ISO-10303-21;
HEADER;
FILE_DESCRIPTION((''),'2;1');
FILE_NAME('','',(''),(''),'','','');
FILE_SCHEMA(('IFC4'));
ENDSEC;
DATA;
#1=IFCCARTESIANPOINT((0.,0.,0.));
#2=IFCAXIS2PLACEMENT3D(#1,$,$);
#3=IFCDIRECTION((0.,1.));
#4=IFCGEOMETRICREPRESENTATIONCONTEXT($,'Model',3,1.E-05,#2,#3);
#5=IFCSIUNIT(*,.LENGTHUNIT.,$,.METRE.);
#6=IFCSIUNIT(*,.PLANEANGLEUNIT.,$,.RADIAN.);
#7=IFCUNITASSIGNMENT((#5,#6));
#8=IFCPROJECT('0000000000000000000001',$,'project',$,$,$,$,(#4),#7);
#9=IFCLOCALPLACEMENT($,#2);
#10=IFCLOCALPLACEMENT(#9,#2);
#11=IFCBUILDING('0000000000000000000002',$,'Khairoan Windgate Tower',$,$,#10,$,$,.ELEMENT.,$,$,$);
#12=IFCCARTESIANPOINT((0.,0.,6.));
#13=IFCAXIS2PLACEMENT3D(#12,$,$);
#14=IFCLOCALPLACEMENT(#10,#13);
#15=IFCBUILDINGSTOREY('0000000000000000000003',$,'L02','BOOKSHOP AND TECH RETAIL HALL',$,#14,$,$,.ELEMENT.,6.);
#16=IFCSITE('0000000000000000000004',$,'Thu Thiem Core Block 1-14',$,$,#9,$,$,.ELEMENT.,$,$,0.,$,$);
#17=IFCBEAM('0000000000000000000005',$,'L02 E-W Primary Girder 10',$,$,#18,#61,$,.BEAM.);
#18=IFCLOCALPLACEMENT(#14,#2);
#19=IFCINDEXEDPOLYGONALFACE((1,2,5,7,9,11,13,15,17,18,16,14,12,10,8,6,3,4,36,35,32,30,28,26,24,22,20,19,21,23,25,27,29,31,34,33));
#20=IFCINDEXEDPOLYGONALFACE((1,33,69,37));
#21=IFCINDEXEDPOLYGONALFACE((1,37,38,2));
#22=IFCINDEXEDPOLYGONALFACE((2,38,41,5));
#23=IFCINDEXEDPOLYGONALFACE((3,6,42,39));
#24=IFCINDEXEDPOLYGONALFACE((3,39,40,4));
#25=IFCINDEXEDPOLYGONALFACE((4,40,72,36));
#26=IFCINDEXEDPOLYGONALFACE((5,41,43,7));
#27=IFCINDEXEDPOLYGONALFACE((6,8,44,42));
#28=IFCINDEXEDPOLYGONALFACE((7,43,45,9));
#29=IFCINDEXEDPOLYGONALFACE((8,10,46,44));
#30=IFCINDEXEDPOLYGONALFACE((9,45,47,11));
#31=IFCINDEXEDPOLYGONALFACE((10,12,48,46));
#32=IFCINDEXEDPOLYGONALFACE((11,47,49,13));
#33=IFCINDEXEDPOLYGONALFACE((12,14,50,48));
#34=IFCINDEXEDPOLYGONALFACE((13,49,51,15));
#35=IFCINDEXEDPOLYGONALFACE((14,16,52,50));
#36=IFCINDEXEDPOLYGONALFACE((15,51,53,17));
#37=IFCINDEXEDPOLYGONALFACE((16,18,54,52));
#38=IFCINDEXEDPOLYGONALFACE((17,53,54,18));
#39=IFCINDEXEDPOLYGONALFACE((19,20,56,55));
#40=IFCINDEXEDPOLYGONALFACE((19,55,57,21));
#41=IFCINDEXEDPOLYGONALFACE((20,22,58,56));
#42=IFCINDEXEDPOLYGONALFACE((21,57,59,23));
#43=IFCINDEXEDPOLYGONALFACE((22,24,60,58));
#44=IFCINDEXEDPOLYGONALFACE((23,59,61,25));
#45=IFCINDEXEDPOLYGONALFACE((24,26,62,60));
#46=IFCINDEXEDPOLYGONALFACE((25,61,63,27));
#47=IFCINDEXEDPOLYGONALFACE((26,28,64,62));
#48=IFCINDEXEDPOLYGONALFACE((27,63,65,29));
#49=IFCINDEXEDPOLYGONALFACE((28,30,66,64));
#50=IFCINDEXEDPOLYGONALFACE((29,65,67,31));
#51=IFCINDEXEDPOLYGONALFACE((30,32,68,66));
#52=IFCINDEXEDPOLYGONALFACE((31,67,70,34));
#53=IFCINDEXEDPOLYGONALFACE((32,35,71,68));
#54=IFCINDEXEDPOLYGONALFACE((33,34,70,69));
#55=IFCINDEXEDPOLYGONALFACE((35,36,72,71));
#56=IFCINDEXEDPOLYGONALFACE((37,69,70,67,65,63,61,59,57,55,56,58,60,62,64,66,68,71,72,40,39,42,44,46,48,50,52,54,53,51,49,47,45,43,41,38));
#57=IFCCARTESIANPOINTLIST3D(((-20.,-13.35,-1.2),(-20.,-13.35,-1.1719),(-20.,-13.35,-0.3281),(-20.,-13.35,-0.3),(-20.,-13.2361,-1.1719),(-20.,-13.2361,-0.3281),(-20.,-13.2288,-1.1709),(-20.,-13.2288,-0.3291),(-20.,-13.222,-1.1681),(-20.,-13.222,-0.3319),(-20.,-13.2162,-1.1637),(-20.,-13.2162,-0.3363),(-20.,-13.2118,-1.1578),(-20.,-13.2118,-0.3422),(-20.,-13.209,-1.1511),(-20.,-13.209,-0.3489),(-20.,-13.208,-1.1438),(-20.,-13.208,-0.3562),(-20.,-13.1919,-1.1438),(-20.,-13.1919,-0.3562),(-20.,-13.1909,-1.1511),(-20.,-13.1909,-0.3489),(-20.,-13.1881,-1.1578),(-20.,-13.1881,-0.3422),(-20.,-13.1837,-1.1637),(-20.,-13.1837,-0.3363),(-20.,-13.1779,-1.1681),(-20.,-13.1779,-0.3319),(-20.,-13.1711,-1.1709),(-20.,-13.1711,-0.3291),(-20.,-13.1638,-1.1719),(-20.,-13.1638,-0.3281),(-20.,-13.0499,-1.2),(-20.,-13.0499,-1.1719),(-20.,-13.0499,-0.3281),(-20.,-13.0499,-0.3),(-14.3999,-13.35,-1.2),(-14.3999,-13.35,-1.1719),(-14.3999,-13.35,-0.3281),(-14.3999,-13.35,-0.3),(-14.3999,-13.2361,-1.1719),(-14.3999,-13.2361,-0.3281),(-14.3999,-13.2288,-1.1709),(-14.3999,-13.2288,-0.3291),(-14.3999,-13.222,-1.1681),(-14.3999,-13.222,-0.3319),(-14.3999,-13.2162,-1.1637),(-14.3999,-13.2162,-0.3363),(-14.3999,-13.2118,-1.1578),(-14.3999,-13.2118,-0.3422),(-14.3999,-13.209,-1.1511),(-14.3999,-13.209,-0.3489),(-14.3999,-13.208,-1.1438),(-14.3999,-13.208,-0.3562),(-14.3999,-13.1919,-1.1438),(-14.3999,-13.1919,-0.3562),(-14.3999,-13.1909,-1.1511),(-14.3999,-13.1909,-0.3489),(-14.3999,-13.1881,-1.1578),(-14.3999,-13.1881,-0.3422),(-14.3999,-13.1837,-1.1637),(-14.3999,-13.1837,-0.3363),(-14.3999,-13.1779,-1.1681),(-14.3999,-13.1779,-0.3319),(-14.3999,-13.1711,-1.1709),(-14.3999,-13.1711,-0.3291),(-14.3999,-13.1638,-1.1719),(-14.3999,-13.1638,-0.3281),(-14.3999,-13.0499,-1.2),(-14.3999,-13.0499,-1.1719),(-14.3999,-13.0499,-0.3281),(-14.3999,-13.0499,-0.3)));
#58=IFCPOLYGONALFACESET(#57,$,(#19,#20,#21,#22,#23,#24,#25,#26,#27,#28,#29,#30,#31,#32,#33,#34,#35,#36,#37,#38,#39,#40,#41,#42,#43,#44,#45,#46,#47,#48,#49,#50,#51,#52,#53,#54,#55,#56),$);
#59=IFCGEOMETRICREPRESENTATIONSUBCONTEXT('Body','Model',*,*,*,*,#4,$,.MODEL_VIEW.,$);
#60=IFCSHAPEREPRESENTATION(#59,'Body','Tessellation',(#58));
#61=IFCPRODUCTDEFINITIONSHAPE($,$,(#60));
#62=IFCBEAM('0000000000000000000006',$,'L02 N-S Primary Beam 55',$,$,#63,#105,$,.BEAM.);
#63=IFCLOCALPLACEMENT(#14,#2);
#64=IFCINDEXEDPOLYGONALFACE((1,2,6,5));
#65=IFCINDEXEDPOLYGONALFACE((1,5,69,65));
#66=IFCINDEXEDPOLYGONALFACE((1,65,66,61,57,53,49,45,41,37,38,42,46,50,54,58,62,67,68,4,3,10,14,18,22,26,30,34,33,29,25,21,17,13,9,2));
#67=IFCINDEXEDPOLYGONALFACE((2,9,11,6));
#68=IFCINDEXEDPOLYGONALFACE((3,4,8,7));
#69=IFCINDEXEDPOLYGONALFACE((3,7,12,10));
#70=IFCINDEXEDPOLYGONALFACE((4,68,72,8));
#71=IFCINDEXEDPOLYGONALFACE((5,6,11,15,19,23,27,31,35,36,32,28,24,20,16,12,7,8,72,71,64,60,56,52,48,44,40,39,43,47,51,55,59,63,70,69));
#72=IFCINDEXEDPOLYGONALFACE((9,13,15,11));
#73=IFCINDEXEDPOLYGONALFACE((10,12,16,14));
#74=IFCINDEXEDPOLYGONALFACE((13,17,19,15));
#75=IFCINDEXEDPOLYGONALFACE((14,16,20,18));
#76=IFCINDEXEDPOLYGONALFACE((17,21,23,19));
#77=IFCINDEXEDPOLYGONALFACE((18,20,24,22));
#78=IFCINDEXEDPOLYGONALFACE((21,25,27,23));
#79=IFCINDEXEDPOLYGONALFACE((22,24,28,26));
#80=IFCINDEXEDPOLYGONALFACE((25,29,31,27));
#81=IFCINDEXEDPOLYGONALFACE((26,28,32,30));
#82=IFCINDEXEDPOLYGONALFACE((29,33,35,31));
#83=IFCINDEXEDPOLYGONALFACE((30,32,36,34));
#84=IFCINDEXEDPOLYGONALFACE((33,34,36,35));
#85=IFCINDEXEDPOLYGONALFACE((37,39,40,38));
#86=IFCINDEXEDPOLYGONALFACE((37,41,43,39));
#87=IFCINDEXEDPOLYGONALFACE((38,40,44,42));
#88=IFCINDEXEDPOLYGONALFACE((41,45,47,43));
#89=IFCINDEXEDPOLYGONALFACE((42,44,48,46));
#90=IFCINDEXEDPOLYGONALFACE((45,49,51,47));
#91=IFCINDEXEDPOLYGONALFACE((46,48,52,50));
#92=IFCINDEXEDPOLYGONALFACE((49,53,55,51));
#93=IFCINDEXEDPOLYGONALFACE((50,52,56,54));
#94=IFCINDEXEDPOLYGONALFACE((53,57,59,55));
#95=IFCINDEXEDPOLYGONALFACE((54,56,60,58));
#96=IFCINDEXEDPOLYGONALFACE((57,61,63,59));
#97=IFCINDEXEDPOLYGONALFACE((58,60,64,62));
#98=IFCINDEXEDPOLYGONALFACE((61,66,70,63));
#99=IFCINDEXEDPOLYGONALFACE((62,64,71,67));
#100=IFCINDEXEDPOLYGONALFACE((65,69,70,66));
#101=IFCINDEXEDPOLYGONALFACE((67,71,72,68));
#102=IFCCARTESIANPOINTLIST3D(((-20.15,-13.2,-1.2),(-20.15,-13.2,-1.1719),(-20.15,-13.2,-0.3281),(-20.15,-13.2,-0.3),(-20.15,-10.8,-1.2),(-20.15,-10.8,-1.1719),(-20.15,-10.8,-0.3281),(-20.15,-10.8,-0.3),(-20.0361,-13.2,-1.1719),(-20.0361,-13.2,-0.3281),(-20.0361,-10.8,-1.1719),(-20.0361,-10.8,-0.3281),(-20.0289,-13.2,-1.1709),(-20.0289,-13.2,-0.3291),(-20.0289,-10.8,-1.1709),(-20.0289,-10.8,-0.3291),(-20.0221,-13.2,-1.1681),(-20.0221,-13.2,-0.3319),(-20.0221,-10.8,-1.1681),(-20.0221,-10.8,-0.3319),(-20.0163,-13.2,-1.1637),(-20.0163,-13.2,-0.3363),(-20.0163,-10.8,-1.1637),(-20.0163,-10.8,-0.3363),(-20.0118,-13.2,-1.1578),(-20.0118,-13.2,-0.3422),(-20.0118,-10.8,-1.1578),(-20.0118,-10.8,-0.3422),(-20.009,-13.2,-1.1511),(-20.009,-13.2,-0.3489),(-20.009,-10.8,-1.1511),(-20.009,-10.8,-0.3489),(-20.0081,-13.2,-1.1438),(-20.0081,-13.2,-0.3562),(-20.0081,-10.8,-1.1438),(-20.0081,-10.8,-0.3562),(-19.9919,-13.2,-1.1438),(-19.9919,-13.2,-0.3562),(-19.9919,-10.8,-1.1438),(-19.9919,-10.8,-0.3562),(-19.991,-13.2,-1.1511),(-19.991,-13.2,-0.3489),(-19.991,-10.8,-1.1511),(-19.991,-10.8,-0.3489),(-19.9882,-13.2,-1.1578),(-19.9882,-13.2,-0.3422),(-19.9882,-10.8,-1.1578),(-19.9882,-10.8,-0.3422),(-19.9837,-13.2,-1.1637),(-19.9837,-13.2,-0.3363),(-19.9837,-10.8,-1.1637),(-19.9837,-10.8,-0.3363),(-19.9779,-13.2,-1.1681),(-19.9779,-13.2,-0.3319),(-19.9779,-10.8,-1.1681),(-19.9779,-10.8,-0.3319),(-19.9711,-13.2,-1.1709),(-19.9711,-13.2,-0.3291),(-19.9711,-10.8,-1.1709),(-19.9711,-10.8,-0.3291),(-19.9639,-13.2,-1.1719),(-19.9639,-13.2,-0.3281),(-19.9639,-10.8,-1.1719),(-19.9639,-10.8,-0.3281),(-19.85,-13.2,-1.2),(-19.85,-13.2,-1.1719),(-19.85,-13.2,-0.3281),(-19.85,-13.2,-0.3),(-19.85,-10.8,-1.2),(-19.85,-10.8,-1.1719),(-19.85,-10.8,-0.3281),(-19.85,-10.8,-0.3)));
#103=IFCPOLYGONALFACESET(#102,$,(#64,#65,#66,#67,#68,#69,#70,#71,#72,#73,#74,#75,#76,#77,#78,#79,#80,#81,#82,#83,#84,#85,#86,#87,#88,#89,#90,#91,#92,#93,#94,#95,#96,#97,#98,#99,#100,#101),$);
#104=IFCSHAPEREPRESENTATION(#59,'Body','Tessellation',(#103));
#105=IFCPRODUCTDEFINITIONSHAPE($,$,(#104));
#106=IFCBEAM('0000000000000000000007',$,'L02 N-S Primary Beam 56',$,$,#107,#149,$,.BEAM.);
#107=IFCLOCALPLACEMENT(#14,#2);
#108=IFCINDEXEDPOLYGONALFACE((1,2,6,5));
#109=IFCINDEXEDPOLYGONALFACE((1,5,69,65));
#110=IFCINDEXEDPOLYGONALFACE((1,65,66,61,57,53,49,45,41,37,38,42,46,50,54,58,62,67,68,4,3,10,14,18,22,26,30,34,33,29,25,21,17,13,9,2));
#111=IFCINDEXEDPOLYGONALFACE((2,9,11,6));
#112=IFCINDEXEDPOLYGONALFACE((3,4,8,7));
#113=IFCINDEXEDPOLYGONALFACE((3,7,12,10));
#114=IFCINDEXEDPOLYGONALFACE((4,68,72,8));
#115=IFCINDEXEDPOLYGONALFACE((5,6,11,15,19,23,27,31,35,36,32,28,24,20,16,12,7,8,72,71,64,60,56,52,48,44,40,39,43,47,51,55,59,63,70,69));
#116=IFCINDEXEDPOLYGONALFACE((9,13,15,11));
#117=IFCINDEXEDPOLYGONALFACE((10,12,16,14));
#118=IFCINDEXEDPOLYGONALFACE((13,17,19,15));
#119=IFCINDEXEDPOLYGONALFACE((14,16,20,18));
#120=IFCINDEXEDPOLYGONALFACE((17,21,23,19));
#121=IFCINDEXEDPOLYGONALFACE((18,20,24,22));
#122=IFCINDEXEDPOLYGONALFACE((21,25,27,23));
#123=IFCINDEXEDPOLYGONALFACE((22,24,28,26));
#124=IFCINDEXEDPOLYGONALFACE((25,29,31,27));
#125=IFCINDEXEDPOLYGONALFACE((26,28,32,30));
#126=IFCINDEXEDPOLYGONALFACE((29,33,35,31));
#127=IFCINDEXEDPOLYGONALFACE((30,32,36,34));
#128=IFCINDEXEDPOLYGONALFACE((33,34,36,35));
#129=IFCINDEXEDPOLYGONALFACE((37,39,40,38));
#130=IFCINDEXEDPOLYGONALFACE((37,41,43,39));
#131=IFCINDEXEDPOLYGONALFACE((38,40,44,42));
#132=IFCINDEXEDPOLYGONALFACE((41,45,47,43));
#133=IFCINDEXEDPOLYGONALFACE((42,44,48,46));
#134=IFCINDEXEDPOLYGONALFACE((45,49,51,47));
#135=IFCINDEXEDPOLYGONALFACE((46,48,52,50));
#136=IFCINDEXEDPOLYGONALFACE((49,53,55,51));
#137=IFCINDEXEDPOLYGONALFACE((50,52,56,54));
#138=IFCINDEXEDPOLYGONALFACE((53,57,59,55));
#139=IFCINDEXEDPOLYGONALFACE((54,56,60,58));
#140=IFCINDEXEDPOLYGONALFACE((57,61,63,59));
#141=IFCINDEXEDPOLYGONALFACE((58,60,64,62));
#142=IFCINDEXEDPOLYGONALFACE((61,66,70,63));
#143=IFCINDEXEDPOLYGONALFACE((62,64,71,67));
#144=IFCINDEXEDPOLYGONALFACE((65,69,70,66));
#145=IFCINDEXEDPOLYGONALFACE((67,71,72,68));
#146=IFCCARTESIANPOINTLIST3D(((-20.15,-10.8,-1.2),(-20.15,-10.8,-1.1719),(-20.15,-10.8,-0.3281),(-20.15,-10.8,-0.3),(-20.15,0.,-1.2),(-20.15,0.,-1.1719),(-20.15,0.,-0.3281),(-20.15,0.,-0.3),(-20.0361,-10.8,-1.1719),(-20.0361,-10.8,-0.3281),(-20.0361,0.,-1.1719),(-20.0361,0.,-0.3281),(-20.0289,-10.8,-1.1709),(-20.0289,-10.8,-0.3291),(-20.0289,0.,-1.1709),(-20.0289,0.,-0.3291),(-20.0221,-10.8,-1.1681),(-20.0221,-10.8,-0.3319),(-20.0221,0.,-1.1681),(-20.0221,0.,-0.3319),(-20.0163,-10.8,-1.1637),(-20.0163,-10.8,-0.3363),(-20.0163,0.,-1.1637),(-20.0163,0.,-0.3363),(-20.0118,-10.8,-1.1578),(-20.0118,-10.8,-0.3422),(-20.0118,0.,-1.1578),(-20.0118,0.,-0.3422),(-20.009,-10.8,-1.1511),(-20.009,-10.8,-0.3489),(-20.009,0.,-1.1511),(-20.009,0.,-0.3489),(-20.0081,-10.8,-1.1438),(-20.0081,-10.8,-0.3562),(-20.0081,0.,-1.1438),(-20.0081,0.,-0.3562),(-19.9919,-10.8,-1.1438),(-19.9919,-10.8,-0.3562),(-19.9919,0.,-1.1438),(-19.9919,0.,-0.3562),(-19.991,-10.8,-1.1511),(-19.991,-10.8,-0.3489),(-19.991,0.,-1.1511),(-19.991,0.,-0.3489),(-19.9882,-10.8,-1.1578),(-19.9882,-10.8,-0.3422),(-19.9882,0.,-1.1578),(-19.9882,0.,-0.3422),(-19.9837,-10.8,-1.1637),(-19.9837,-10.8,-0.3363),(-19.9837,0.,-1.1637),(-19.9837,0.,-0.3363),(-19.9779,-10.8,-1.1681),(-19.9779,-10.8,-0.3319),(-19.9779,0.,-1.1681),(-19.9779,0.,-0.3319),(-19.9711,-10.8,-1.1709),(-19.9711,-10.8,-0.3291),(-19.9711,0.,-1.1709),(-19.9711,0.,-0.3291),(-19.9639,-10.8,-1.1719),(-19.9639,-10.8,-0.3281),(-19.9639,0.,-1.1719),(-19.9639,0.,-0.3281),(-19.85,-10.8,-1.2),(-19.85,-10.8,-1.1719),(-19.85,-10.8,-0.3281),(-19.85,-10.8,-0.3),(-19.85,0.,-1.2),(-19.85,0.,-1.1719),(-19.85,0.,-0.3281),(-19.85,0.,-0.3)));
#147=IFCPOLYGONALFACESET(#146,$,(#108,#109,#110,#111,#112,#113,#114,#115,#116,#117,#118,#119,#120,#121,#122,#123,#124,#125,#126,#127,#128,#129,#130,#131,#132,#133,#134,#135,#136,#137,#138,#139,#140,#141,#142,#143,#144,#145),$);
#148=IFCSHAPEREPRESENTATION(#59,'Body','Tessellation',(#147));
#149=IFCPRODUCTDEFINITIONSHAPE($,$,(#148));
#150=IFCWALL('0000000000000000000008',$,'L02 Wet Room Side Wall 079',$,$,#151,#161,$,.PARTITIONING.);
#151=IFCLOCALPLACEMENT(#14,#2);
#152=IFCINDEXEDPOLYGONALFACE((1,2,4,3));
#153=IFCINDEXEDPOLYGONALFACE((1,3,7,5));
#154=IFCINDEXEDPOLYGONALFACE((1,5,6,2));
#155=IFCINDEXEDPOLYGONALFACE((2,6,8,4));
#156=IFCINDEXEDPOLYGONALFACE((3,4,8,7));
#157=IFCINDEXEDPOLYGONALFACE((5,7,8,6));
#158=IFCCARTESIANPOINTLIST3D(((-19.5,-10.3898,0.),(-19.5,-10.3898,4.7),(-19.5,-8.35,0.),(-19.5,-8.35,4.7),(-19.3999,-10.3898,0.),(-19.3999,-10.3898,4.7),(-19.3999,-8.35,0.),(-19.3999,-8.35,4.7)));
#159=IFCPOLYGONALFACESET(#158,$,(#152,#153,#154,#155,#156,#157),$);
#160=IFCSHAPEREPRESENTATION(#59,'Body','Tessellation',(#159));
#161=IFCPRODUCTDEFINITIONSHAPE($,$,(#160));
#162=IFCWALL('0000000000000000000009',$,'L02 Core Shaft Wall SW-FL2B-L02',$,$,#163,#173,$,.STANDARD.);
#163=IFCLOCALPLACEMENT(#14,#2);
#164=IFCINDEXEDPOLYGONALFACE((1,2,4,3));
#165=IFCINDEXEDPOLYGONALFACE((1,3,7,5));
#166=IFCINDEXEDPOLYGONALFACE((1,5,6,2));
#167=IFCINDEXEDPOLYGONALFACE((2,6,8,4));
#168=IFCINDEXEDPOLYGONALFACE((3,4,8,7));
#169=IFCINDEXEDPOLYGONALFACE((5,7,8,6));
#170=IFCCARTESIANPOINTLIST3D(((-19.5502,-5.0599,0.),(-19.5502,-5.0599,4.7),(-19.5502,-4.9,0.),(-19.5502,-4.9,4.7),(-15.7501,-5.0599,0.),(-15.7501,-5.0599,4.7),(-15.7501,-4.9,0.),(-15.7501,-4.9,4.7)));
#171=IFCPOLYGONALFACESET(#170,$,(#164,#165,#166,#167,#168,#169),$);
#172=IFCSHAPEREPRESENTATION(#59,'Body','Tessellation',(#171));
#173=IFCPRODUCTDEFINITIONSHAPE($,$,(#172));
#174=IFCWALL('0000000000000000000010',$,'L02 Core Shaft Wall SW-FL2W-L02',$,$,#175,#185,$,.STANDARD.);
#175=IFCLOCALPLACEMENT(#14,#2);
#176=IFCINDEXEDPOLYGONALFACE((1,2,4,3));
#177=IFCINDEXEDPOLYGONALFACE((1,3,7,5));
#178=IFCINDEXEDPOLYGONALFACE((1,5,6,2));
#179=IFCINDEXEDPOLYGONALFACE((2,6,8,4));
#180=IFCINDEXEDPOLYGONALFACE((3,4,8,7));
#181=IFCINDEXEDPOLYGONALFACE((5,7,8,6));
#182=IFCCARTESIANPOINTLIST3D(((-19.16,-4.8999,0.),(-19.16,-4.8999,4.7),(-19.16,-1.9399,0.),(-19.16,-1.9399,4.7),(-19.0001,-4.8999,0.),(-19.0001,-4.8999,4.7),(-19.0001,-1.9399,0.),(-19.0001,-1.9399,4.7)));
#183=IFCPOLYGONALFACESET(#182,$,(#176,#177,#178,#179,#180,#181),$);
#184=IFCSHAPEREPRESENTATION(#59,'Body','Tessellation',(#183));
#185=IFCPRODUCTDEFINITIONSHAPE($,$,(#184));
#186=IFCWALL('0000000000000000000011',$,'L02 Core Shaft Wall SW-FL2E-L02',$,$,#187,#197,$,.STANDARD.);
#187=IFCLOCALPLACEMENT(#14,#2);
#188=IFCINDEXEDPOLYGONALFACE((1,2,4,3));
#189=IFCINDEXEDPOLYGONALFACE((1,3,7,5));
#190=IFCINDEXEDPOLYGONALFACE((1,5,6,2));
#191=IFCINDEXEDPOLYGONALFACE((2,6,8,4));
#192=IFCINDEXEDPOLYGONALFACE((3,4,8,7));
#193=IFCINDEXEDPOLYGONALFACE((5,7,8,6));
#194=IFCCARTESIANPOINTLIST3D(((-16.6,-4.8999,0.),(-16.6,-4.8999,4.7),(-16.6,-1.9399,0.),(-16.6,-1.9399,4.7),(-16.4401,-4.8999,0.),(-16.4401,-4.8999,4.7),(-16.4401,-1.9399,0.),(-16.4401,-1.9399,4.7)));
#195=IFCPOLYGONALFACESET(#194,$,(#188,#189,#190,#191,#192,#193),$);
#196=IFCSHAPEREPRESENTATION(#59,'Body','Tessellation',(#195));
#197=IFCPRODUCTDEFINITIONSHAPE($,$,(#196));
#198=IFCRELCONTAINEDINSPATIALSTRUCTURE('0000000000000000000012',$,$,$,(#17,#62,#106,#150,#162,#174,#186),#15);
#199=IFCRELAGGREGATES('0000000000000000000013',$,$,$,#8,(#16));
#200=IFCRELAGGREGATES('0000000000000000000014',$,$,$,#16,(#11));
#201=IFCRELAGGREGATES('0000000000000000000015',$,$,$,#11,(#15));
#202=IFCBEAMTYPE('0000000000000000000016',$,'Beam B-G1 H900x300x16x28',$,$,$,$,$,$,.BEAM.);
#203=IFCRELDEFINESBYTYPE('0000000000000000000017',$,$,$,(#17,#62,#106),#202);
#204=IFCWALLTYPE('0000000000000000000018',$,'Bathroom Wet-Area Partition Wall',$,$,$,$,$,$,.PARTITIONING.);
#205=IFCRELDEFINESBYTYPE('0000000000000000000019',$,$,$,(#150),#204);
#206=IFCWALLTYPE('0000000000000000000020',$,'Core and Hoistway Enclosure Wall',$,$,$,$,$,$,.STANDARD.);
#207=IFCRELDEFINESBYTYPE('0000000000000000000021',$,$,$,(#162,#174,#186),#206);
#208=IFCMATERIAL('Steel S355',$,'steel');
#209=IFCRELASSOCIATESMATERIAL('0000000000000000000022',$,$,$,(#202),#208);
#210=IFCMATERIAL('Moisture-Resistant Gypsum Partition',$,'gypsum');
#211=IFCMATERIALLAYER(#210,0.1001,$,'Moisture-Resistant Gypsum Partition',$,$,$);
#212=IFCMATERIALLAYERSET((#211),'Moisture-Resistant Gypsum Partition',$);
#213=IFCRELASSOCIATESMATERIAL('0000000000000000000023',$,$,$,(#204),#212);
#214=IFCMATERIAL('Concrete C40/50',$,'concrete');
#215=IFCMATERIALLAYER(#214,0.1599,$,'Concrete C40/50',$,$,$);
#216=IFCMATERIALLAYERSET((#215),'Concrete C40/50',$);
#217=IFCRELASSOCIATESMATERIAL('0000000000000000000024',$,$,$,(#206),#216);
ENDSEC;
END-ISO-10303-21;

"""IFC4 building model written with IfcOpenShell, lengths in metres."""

from ifc_helpers import new_model, si_unit, direction, frame, frame_2d, origin, origin_2d, place, context, subcontext, project, spatial, rectangle, i_section, extrude, material, layer, layer_set, material_profile, profile_set, type_object, element, save


model = new_model("IFC4")

# Units and contexts
model_context = context("Model", 3, precision=1e-05, world=origin(), true_north=direction((0.0, 1.0)))
body_context = subcontext(model_context, "Body", "Model", "MODEL_VIEW")
ifc_project = project(units=[si_unit("LENGTHUNIT", "METRE"), si_unit("PLANEANGLEUNIT", "RADIAN")], contexts=[model_context])

# Site, building, storey
site_placement = place(None, origin())
site = spatial("IfcSite", under=ifc_project, at=site_placement, Name="Thu Thiem Core Block 1-14", CompositionType="ELEMENT", RefElevation=0.0)
building_placement = place(site_placement, origin())
building = spatial("IfcBuilding", under=site, at=building_placement, Name="Khairoan Windgate Tower", CompositionType="ELEMENT")
storey_placement = place(building_placement, frame((0.0, 0.0, 6.0)))
storey = spatial("IfcBuildingStorey", under=building, at=storey_placement, Name="L02", Description="BOOKSHOP AND TECH RETAIL HALL", CompositionType="ELEMENT", Elevation=6.0)

# Beams
ifc_material_1 = material(Name="Steel S355", Category="steel")
ifc_material_profile = material_profile(ifc_material_1, i_section(OverallWidth=0.3, OverallDepth=0.8999, WebThickness=0.0161, FlangeThickness=0.0281, FilletRadius=0.0281, at=origin_2d()))
ifc_profile_set = profile_set([ifc_material_profile], Name="Steel S355")
beam_type = type_object("IfcBeamType", Name="Beam B-G1 H900x300x16x28", PredefinedType="BEAM", material=ifc_profile_set)
beam_1_placement = place(storey_placement, frame((-20.0, -13.2, -0.75), z_axis=(1.0, 0.0, 0.0), x_axis=(0.0, 1.0, 0.0)))
element("IfcBeam", 1, at=beam_1_placement, inside=storey, type_object=beam_type, Name="L02 E-W Primary Girder 10", PredefinedType="BEAM", context=body_context, shape_type="SweptSolid", body=[
    extrude(i_section(OverallWidth=0.3, OverallDepth=0.8999, WebThickness=0.0161, FlangeThickness=0.0281, FilletRadius=0.0281, at=origin_2d()), origin(), (0.0, 0.0, 1.0), 5.6001),
])
beam_2_placement = place(storey_placement, frame((-20.0, -13.2, -0.75), z_axis=(0.0, 1.0, 0.0), x_axis=(-1.0, 0.0, 0.0)))
element("IfcBeam", 2, at=beam_2_placement, inside=storey, type_object=beam_type, Name="L02 N-S Primary Beam 55", PredefinedType="BEAM", context=body_context, shape_type="SweptSolid", body=[
    extrude(i_section(OverallWidth=0.3, OverallDepth=0.8999, WebThickness=0.0161, FlangeThickness=0.0281, FilletRadius=0.0281, at=origin_2d()), origin(), (0.0, 0.0, 1.0), 2.3999),
])
beam_3_placement = place(storey_placement, frame((-20.0, -10.8, -0.75), z_axis=(0.0, 1.0, 0.0), x_axis=(-1.0, 0.0, 0.0)))
element("IfcBeam", 3, at=beam_3_placement, inside=storey, type_object=beam_type, Name="L02 N-S Primary Beam 56", PredefinedType="BEAM", context=body_context, shape_type="SweptSolid", body=[
    extrude(i_section(OverallWidth=0.3, OverallDepth=0.8999, WebThickness=0.0161, FlangeThickness=0.0281, FilletRadius=0.0281, at=origin_2d()), origin(), (0.0, 0.0, 1.0), 10.8),
])

# Walls
ifc_material_2 = material(Name="Moisture-Resistant Gypsum Partition", Category="gypsum")
ifc_layer_1 = layer(ifc_material_2, 0.1001, Name="Moisture-Resistant Gypsum Partition")
ifc_layer_set_1 = layer_set([ifc_layer_1], Name="Moisture-Resistant Gypsum Partition")
wall_type_1 = type_object("IfcWallType", Name="Bathroom Wet-Area Partition Wall", PredefinedType="PARTITIONING", material=ifc_layer_set_1)
wall_1_placement = place(storey_placement, frame((-19.45, -10.3899, 0.0), z_axis=(0.0, 0.0, 1.0), x_axis=(0.0, 1.0, 0.0)))
element("IfcWall", 4, at=wall_1_placement, inside=storey, type_object=wall_type_1, Name="L02 Wet Room Side Wall 079", PredefinedType="PARTITIONING", context=body_context, shape_type="SweptSolid", body=[
    extrude(rectangle(XDim=2.0398, YDim=0.1001, at=frame_2d((1.02, 0.0))), origin(), (0.0, 0.0, 1.0), 4.7),
])
ifc_material_3 = material(Name="Concrete C40/50", Category="concrete")
ifc_layer_2 = layer(ifc_material_3, 0.1599, Name="Concrete C40/50")
ifc_layer_set_2 = layer_set([ifc_layer_2], Name="Concrete C40/50")
wall_type_2 = type_object("IfcWallType", Name="Core and Hoistway Enclosure Wall", PredefinedType="STANDARD", material=ifc_layer_set_2)
wall_2_placement = place(storey_placement, frame((-19.55, -4.98, 0.0), z_axis=(0.0, 0.0, 1.0), x_axis=(1.0, 0.0, 0.0)))
element("IfcWall", 5, at=wall_2_placement, inside=storey, type_object=wall_type_2, Name="L02 Core Shaft Wall SW-FL2B-L02", PredefinedType="STANDARD", context=body_context, shape_type="SweptSolid", body=[
    extrude(rectangle(XDim=3.8, YDim=0.1599, at=frame_2d((1.8999, 0.0))), origin(), (0.0, 0.0, 1.0), 4.7),
])
for number, where, z_axis, x_axis, name in (
    (6, (-19.0801, -4.8999, 0.0), (0.0, 0.0, 1.0), (0.0, 1.0, 0.0), "L02 Core Shaft Wall SW-FL2W-L02"),
    (7, (-16.52, -4.8999, 0.0), (0.0, 0.0, 1.0), (0.0, 1.0, 0.0), "L02 Core Shaft Wall SW-FL2E-L02"),
):
    element("IfcWall", number, at=place(storey_placement, frame(where, z_axis=z_axis, x_axis=x_axis)), inside=storey, type_object=wall_type_2, Name=name, PredefinedType="STANDARD", context=body_context, shape_type="SweptSolid", body=[
        extrude(rectangle(XDim=2.96, YDim=0.1599, at=frame_2d((1.48, 0.0))), origin(), (0.0, 0.0, 1.0), 4.7),
    ])

save(model, "model.ifc")
